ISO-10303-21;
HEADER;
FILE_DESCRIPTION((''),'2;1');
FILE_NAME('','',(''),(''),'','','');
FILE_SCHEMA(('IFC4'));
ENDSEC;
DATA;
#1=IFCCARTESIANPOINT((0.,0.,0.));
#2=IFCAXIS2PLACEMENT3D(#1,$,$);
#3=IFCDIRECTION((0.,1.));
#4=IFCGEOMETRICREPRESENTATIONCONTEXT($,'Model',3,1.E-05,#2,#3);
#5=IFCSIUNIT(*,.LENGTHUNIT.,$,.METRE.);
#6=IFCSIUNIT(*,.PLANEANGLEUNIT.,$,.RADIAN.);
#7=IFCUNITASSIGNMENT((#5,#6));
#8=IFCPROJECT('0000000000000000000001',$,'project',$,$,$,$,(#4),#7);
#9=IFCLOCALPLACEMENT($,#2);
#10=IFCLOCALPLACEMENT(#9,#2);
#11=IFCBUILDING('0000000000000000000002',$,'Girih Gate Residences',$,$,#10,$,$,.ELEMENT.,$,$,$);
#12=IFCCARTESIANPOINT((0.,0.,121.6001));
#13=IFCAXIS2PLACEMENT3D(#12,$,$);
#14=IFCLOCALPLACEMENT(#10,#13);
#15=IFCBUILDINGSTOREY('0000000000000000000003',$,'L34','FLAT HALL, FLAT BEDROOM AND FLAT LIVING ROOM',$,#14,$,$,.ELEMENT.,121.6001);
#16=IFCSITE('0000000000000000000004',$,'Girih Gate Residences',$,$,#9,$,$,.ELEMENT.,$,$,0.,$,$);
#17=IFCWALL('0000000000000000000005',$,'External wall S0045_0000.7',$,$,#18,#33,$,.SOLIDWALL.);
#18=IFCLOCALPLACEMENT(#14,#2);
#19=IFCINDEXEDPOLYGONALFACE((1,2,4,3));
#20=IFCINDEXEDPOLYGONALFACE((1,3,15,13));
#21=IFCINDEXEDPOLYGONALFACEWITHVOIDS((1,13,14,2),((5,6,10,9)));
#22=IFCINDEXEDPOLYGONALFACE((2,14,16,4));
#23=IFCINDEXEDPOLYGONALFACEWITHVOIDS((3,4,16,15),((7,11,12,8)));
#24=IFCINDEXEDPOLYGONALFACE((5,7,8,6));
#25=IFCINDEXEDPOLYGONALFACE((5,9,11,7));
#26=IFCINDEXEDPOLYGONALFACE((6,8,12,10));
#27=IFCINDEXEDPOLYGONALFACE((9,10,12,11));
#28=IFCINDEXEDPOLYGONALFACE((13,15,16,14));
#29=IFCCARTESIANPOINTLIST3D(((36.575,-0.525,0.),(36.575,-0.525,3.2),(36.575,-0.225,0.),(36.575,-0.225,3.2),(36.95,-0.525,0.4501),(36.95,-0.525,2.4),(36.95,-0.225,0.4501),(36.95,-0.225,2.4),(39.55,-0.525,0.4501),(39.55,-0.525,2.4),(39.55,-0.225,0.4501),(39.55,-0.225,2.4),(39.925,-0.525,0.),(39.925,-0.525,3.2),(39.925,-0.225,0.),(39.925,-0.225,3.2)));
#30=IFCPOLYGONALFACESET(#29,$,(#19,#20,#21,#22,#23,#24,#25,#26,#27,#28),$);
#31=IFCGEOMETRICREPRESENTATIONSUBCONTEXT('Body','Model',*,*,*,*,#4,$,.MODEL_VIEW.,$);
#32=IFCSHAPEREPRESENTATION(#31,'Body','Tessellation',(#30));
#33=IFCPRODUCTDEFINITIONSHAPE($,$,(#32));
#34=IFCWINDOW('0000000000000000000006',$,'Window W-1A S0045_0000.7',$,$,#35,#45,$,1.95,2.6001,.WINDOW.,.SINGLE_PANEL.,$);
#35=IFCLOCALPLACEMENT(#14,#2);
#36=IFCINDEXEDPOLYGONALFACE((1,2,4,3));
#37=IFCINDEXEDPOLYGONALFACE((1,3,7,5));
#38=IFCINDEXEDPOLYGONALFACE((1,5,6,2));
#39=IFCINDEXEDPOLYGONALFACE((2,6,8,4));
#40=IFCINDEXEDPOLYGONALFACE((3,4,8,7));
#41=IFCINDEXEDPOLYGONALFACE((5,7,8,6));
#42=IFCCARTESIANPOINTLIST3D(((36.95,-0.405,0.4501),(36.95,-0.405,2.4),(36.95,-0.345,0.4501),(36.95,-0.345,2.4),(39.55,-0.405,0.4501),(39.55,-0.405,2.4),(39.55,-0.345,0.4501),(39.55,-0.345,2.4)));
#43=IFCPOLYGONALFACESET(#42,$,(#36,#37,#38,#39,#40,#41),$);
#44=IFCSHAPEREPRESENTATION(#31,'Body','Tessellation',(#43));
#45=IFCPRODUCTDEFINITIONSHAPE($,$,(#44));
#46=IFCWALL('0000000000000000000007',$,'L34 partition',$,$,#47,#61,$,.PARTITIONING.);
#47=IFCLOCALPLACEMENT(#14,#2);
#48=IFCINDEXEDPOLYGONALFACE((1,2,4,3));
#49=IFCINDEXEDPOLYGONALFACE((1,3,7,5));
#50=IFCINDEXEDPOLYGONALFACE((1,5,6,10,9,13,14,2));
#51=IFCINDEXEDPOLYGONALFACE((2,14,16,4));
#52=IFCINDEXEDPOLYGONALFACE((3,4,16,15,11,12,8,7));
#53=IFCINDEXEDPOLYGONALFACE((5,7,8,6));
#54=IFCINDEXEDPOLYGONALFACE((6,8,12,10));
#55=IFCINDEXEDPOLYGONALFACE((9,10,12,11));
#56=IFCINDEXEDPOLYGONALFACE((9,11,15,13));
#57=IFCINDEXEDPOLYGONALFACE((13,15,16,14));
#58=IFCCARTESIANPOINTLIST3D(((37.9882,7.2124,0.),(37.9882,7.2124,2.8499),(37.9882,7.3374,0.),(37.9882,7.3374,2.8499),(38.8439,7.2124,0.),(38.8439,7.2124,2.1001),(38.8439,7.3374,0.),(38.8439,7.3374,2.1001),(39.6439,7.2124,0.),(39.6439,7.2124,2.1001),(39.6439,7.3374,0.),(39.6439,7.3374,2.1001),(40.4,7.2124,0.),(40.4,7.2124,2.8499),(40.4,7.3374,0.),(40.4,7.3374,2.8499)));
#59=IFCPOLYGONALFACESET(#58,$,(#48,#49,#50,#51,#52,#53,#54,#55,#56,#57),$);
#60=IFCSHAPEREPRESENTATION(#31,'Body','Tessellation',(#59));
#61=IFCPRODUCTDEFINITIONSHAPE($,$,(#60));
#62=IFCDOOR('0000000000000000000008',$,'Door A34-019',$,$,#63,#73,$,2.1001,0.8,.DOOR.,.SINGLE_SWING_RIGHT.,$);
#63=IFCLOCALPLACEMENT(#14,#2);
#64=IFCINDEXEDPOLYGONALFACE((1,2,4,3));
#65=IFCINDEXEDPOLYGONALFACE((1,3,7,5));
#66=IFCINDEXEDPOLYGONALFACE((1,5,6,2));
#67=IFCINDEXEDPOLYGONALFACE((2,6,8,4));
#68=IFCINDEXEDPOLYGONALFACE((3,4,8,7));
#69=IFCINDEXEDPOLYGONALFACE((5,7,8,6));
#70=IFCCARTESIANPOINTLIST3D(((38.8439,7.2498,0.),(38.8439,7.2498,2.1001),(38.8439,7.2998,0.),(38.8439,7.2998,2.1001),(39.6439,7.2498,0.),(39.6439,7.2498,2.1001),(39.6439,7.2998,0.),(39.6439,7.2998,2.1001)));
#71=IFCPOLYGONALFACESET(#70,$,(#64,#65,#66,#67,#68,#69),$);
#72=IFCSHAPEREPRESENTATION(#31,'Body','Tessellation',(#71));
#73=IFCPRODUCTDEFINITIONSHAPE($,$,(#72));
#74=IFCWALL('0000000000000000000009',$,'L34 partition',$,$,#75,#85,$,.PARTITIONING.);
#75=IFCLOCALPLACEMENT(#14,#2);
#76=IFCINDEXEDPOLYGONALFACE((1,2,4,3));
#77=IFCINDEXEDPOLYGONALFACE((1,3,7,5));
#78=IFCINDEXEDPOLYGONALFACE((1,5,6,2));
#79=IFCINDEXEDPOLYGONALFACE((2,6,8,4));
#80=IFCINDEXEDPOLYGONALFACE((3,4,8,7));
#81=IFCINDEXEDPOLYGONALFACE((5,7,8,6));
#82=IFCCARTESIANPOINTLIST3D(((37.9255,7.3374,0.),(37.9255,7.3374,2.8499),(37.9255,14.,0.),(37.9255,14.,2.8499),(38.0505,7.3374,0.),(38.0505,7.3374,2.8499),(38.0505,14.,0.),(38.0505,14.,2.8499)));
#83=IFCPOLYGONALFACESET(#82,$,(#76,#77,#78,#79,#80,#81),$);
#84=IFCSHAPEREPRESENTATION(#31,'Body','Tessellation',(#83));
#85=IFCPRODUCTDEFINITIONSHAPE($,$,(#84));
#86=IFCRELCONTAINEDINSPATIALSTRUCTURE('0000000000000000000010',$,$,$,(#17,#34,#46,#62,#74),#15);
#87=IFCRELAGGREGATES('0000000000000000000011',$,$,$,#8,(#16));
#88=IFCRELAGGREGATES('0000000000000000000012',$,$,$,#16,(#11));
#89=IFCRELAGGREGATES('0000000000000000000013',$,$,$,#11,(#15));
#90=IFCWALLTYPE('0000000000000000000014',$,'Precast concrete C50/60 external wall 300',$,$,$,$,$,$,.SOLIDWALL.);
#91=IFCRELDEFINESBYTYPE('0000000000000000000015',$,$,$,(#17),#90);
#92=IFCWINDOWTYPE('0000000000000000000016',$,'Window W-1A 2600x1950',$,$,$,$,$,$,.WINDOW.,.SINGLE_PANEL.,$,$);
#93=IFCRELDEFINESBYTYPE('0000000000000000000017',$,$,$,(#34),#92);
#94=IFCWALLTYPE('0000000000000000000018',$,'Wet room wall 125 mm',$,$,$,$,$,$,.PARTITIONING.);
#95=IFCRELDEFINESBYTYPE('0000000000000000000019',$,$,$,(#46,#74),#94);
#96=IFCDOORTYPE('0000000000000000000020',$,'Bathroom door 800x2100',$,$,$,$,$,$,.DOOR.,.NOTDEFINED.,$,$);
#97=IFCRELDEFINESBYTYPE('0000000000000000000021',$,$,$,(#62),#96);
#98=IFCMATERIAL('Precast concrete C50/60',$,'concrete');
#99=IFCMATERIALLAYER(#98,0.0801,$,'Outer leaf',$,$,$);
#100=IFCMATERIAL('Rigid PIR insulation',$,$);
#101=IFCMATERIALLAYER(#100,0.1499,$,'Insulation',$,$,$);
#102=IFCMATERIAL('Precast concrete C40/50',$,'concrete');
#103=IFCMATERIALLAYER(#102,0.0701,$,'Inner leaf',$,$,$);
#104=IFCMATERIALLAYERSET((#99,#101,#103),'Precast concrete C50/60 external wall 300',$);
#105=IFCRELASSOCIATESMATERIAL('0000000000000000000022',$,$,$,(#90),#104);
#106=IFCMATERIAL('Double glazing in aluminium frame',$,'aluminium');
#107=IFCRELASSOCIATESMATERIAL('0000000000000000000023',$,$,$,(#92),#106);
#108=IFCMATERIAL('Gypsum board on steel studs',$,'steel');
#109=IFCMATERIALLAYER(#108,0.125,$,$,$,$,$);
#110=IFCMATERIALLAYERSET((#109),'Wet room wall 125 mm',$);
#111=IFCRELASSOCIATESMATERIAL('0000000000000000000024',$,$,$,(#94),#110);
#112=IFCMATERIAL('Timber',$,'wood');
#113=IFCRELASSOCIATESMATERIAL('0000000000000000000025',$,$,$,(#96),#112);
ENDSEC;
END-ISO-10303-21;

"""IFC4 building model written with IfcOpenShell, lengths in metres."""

from ifc_helpers import new_model, si_unit, direction, frame, frame_2d, origin, place, context, subcontext, project, spatial, rectangle, extrude, material, layer, layer_set, type_object, element, fill, save


model = new_model("IFC4")

# Units and contexts
model_context = context("Model", 3, precision=1e-05, world=origin(), true_north=direction((0.0, 1.0)))
body_context = subcontext(model_context, "Body", "Model", "MODEL_VIEW")
ifc_project = project(units=[si_unit("LENGTHUNIT", "METRE"), si_unit("PLANEANGLEUNIT", "RADIAN")], contexts=[model_context])

# Site, building, storey
site_placement = place(None, origin())
site = spatial("IfcSite", under=ifc_project, at=site_placement, Name="Girih Gate Residences", CompositionType="ELEMENT", RefElevation=0.0)
building_placement = place(site_placement, origin())
building = spatial("IfcBuilding", under=site, at=building_placement, Name="Girih Gate Residences", CompositionType="ELEMENT")
storey_placement = place(building_placement, frame((0.0, 0.0, 121.6001)))
storey = spatial("IfcBuildingStorey", under=building, at=storey_placement, Name="L34", Description="FLAT HALL, FLAT BEDROOM AND FLAT LIVING ROOM", CompositionType="ELEMENT", Elevation=121.6001)

# Shared definitions
ifc_material_1 = material(Name="Gypsum board on steel studs", Category="steel")

# Shared definitions
ifc_material_2 = material(Name="Timber", Category="wood")

# Wall, opening, window
ifc_material_3 = material(Name="Precast concrete C50/60", Category="concrete")
ifc_layer_1 = layer(ifc_material_3, 0.0801, Name="Outer leaf")
ifc_material_4 = material(Name="Rigid PIR insulation")
ifc_layer_2 = layer(ifc_material_4, 0.1499, Name="Insulation")
ifc_material_5 = material(Name="Precast concrete C40/50", Category="concrete")
ifc_layer_3 = layer(ifc_material_5, 0.0701, Name="Inner leaf")
ifc_layer_set_1 = layer_set([ifc_layer_1, ifc_layer_2, ifc_layer_3], Name="Precast concrete C50/60 external wall 300")
wall_type_1 = type_object("IfcWallType", Name="Precast concrete C50/60 external wall 300", PredefinedType="SOLIDWALL", material=ifc_layer_set_1)
ifc_material_6 = material(Name="Double glazing in aluminium frame", Category="aluminium")
window_type = type_object("IfcWindowType", Name="Window W-1A 2600x1950", PartitioningType="SINGLE_PANEL", PredefinedType="WINDOW", material=ifc_material_6)
wall_1_placement = place(storey_placement, frame((39.925, -0.375, 0.0), z_axis=(0.0, 0.0, 1.0), x_axis=(-1.0, 0.0, 0.0)))
wall_1 = element("IfcWall", 1, at=wall_1_placement, inside=storey, type_object=wall_type_1, Name="External wall S0045_0000.7", PredefinedType="SOLIDWALL", context=body_context, shape_type="SweptSolid", body=[
    extrude(rectangle(XDim=3.3501, YDim=0.3, at=frame_2d((1.675, 0.0))), origin(), (0.0, 0.0, 1.0), 3.2),
])
opening_1_placement = place(wall_1_placement, frame((0.375, 0.0, 0.45)))
opening_1 = element("IfcOpeningElement", 2, at=opening_1_placement, cuts=wall_1, PredefinedType="OPENING", context=body_context, shape_type="SweptSolid", body=[
    extrude(rectangle(XDim=2.6001, YDim=1.95, at=frame_2d((1.3, 0.9751))), frame((0.0, 0.1599, 0.0), z_axis=(0.0, -1.0, 0.0), x_axis=(1.0, 0.0, 0.0)), (0.0, 0.0, 1.0), 0.3201),
])
window_1_placement = place(opening_1_placement, origin())
window_1 = element("IfcWindow", 3, at=window_1_placement, inside=storey, type_object=window_type, Name="Window W-1A S0045_0000.7", OverallHeight=1.95, OverallWidth=2.6001, PartitioningType="SINGLE_PANEL", PredefinedType="WINDOW", context=body_context, shape_type="SweptSolid", body=[
    extrude(rectangle(XDim=2.6001, YDim=1.95, at=frame_2d((1.3, 0.9751))), frame((0.0, 0.03, 0.0), z_axis=(0.0, -1.0, 0.0), x_axis=(1.0, 0.0, 0.0)), (0.0, 0.0, 1.0), 0.0601),
])
fill(opening_1, window_1)

# Wall, opening, door
ifc_layer_4 = layer(ifc_material_1, 0.125)
ifc_layer_set_2 = layer_set([ifc_layer_4], Name="Wet room wall 125 mm")
wall_type_2 = type_object("IfcWallType", Name="Wet room wall 125 mm", PredefinedType="PARTITIONING", material=ifc_layer_set_2)
wall_2_placement = place(storey_placement, frame((37.988, 7.2749, 0.0), z_axis=(0.0, 0.0, 1.0), x_axis=(1.0, 0.0, 0.0)))
wall_2 = element("IfcWall", 4, at=wall_2_placement, inside=storey, type_object=wall_type_2, Name="L34 partition", PredefinedType="PARTITIONING", context=body_context, shape_type="SweptSolid", body=[
    extrude(rectangle(XDim=2.4119, YDim=0.125, at=frame_2d((1.2061, 0.0))), origin(), (0.0, 0.0, 1.0), 2.8499),
])
opening_2_placement = place(wall_2_placement, frame((0.856, 0.0, 0.0)))
opening_2 = element("IfcOpeningElement", 5, at=opening_2_placement, cuts=wall_2, PredefinedType="OPENING", context=body_context, shape_type="SweptSolid", body=[
    extrude(rectangle(XDim=0.8, YDim=2.1001, at=frame_2d((0.3999, 1.05))), frame((0.0, 0.0725, 0.0), z_axis=(0.0, -1.0, 0.0), x_axis=(1.0, 0.0, 0.0)), (0.0, 0.0, 1.0), 0.145),
])
door_type_1 = type_object("IfcDoorType", Name="Bathroom door 800x2100", OperationType="NOTDEFINED", PredefinedType="DOOR", material=ifc_material_2)
door_1_placement = place(opening_2_placement, origin())
door_1 = element("IfcDoor", 6, at=door_1_placement, inside=storey, type_object=door_type_1, Name="Door A34-019", OperationType="SINGLE_SWING_RIGHT", OverallHeight=2.1001, OverallWidth=0.8, PredefinedType="DOOR", context=body_context, shape_type="SweptSolid", body=[
    extrude(rectangle(XDim=0.8, YDim=2.1001, at=frame_2d((0.3999, 1.05))), frame((0.0, 0.0249, 0.0), z_axis=(0.0, -1.0, 0.0), x_axis=(1.0, 0.0, 0.0)), (0.0, 0.0, 1.0), 0.05),
])
fill(opening_2, door_1)

# Wall
wall_3_placement = place(storey_placement, frame((37.988, 7.3374, 0.0), z_axis=(0.0, 0.0, 1.0), x_axis=(0.0, 1.0, 0.0)))
element("IfcWall", 7, at=wall_3_placement, inside=storey, type_object=wall_type_2, Name="L34 partition", PredefinedType="PARTITIONING", context=body_context, shape_type="SweptSolid", body=[
    extrude(rectangle(XDim=6.6626, YDim=0.125, at=frame_2d((3.3313, 0.0))), origin(), (0.0, 0.0, 1.0), 2.8499),
])

save(model, "model.ifc")
